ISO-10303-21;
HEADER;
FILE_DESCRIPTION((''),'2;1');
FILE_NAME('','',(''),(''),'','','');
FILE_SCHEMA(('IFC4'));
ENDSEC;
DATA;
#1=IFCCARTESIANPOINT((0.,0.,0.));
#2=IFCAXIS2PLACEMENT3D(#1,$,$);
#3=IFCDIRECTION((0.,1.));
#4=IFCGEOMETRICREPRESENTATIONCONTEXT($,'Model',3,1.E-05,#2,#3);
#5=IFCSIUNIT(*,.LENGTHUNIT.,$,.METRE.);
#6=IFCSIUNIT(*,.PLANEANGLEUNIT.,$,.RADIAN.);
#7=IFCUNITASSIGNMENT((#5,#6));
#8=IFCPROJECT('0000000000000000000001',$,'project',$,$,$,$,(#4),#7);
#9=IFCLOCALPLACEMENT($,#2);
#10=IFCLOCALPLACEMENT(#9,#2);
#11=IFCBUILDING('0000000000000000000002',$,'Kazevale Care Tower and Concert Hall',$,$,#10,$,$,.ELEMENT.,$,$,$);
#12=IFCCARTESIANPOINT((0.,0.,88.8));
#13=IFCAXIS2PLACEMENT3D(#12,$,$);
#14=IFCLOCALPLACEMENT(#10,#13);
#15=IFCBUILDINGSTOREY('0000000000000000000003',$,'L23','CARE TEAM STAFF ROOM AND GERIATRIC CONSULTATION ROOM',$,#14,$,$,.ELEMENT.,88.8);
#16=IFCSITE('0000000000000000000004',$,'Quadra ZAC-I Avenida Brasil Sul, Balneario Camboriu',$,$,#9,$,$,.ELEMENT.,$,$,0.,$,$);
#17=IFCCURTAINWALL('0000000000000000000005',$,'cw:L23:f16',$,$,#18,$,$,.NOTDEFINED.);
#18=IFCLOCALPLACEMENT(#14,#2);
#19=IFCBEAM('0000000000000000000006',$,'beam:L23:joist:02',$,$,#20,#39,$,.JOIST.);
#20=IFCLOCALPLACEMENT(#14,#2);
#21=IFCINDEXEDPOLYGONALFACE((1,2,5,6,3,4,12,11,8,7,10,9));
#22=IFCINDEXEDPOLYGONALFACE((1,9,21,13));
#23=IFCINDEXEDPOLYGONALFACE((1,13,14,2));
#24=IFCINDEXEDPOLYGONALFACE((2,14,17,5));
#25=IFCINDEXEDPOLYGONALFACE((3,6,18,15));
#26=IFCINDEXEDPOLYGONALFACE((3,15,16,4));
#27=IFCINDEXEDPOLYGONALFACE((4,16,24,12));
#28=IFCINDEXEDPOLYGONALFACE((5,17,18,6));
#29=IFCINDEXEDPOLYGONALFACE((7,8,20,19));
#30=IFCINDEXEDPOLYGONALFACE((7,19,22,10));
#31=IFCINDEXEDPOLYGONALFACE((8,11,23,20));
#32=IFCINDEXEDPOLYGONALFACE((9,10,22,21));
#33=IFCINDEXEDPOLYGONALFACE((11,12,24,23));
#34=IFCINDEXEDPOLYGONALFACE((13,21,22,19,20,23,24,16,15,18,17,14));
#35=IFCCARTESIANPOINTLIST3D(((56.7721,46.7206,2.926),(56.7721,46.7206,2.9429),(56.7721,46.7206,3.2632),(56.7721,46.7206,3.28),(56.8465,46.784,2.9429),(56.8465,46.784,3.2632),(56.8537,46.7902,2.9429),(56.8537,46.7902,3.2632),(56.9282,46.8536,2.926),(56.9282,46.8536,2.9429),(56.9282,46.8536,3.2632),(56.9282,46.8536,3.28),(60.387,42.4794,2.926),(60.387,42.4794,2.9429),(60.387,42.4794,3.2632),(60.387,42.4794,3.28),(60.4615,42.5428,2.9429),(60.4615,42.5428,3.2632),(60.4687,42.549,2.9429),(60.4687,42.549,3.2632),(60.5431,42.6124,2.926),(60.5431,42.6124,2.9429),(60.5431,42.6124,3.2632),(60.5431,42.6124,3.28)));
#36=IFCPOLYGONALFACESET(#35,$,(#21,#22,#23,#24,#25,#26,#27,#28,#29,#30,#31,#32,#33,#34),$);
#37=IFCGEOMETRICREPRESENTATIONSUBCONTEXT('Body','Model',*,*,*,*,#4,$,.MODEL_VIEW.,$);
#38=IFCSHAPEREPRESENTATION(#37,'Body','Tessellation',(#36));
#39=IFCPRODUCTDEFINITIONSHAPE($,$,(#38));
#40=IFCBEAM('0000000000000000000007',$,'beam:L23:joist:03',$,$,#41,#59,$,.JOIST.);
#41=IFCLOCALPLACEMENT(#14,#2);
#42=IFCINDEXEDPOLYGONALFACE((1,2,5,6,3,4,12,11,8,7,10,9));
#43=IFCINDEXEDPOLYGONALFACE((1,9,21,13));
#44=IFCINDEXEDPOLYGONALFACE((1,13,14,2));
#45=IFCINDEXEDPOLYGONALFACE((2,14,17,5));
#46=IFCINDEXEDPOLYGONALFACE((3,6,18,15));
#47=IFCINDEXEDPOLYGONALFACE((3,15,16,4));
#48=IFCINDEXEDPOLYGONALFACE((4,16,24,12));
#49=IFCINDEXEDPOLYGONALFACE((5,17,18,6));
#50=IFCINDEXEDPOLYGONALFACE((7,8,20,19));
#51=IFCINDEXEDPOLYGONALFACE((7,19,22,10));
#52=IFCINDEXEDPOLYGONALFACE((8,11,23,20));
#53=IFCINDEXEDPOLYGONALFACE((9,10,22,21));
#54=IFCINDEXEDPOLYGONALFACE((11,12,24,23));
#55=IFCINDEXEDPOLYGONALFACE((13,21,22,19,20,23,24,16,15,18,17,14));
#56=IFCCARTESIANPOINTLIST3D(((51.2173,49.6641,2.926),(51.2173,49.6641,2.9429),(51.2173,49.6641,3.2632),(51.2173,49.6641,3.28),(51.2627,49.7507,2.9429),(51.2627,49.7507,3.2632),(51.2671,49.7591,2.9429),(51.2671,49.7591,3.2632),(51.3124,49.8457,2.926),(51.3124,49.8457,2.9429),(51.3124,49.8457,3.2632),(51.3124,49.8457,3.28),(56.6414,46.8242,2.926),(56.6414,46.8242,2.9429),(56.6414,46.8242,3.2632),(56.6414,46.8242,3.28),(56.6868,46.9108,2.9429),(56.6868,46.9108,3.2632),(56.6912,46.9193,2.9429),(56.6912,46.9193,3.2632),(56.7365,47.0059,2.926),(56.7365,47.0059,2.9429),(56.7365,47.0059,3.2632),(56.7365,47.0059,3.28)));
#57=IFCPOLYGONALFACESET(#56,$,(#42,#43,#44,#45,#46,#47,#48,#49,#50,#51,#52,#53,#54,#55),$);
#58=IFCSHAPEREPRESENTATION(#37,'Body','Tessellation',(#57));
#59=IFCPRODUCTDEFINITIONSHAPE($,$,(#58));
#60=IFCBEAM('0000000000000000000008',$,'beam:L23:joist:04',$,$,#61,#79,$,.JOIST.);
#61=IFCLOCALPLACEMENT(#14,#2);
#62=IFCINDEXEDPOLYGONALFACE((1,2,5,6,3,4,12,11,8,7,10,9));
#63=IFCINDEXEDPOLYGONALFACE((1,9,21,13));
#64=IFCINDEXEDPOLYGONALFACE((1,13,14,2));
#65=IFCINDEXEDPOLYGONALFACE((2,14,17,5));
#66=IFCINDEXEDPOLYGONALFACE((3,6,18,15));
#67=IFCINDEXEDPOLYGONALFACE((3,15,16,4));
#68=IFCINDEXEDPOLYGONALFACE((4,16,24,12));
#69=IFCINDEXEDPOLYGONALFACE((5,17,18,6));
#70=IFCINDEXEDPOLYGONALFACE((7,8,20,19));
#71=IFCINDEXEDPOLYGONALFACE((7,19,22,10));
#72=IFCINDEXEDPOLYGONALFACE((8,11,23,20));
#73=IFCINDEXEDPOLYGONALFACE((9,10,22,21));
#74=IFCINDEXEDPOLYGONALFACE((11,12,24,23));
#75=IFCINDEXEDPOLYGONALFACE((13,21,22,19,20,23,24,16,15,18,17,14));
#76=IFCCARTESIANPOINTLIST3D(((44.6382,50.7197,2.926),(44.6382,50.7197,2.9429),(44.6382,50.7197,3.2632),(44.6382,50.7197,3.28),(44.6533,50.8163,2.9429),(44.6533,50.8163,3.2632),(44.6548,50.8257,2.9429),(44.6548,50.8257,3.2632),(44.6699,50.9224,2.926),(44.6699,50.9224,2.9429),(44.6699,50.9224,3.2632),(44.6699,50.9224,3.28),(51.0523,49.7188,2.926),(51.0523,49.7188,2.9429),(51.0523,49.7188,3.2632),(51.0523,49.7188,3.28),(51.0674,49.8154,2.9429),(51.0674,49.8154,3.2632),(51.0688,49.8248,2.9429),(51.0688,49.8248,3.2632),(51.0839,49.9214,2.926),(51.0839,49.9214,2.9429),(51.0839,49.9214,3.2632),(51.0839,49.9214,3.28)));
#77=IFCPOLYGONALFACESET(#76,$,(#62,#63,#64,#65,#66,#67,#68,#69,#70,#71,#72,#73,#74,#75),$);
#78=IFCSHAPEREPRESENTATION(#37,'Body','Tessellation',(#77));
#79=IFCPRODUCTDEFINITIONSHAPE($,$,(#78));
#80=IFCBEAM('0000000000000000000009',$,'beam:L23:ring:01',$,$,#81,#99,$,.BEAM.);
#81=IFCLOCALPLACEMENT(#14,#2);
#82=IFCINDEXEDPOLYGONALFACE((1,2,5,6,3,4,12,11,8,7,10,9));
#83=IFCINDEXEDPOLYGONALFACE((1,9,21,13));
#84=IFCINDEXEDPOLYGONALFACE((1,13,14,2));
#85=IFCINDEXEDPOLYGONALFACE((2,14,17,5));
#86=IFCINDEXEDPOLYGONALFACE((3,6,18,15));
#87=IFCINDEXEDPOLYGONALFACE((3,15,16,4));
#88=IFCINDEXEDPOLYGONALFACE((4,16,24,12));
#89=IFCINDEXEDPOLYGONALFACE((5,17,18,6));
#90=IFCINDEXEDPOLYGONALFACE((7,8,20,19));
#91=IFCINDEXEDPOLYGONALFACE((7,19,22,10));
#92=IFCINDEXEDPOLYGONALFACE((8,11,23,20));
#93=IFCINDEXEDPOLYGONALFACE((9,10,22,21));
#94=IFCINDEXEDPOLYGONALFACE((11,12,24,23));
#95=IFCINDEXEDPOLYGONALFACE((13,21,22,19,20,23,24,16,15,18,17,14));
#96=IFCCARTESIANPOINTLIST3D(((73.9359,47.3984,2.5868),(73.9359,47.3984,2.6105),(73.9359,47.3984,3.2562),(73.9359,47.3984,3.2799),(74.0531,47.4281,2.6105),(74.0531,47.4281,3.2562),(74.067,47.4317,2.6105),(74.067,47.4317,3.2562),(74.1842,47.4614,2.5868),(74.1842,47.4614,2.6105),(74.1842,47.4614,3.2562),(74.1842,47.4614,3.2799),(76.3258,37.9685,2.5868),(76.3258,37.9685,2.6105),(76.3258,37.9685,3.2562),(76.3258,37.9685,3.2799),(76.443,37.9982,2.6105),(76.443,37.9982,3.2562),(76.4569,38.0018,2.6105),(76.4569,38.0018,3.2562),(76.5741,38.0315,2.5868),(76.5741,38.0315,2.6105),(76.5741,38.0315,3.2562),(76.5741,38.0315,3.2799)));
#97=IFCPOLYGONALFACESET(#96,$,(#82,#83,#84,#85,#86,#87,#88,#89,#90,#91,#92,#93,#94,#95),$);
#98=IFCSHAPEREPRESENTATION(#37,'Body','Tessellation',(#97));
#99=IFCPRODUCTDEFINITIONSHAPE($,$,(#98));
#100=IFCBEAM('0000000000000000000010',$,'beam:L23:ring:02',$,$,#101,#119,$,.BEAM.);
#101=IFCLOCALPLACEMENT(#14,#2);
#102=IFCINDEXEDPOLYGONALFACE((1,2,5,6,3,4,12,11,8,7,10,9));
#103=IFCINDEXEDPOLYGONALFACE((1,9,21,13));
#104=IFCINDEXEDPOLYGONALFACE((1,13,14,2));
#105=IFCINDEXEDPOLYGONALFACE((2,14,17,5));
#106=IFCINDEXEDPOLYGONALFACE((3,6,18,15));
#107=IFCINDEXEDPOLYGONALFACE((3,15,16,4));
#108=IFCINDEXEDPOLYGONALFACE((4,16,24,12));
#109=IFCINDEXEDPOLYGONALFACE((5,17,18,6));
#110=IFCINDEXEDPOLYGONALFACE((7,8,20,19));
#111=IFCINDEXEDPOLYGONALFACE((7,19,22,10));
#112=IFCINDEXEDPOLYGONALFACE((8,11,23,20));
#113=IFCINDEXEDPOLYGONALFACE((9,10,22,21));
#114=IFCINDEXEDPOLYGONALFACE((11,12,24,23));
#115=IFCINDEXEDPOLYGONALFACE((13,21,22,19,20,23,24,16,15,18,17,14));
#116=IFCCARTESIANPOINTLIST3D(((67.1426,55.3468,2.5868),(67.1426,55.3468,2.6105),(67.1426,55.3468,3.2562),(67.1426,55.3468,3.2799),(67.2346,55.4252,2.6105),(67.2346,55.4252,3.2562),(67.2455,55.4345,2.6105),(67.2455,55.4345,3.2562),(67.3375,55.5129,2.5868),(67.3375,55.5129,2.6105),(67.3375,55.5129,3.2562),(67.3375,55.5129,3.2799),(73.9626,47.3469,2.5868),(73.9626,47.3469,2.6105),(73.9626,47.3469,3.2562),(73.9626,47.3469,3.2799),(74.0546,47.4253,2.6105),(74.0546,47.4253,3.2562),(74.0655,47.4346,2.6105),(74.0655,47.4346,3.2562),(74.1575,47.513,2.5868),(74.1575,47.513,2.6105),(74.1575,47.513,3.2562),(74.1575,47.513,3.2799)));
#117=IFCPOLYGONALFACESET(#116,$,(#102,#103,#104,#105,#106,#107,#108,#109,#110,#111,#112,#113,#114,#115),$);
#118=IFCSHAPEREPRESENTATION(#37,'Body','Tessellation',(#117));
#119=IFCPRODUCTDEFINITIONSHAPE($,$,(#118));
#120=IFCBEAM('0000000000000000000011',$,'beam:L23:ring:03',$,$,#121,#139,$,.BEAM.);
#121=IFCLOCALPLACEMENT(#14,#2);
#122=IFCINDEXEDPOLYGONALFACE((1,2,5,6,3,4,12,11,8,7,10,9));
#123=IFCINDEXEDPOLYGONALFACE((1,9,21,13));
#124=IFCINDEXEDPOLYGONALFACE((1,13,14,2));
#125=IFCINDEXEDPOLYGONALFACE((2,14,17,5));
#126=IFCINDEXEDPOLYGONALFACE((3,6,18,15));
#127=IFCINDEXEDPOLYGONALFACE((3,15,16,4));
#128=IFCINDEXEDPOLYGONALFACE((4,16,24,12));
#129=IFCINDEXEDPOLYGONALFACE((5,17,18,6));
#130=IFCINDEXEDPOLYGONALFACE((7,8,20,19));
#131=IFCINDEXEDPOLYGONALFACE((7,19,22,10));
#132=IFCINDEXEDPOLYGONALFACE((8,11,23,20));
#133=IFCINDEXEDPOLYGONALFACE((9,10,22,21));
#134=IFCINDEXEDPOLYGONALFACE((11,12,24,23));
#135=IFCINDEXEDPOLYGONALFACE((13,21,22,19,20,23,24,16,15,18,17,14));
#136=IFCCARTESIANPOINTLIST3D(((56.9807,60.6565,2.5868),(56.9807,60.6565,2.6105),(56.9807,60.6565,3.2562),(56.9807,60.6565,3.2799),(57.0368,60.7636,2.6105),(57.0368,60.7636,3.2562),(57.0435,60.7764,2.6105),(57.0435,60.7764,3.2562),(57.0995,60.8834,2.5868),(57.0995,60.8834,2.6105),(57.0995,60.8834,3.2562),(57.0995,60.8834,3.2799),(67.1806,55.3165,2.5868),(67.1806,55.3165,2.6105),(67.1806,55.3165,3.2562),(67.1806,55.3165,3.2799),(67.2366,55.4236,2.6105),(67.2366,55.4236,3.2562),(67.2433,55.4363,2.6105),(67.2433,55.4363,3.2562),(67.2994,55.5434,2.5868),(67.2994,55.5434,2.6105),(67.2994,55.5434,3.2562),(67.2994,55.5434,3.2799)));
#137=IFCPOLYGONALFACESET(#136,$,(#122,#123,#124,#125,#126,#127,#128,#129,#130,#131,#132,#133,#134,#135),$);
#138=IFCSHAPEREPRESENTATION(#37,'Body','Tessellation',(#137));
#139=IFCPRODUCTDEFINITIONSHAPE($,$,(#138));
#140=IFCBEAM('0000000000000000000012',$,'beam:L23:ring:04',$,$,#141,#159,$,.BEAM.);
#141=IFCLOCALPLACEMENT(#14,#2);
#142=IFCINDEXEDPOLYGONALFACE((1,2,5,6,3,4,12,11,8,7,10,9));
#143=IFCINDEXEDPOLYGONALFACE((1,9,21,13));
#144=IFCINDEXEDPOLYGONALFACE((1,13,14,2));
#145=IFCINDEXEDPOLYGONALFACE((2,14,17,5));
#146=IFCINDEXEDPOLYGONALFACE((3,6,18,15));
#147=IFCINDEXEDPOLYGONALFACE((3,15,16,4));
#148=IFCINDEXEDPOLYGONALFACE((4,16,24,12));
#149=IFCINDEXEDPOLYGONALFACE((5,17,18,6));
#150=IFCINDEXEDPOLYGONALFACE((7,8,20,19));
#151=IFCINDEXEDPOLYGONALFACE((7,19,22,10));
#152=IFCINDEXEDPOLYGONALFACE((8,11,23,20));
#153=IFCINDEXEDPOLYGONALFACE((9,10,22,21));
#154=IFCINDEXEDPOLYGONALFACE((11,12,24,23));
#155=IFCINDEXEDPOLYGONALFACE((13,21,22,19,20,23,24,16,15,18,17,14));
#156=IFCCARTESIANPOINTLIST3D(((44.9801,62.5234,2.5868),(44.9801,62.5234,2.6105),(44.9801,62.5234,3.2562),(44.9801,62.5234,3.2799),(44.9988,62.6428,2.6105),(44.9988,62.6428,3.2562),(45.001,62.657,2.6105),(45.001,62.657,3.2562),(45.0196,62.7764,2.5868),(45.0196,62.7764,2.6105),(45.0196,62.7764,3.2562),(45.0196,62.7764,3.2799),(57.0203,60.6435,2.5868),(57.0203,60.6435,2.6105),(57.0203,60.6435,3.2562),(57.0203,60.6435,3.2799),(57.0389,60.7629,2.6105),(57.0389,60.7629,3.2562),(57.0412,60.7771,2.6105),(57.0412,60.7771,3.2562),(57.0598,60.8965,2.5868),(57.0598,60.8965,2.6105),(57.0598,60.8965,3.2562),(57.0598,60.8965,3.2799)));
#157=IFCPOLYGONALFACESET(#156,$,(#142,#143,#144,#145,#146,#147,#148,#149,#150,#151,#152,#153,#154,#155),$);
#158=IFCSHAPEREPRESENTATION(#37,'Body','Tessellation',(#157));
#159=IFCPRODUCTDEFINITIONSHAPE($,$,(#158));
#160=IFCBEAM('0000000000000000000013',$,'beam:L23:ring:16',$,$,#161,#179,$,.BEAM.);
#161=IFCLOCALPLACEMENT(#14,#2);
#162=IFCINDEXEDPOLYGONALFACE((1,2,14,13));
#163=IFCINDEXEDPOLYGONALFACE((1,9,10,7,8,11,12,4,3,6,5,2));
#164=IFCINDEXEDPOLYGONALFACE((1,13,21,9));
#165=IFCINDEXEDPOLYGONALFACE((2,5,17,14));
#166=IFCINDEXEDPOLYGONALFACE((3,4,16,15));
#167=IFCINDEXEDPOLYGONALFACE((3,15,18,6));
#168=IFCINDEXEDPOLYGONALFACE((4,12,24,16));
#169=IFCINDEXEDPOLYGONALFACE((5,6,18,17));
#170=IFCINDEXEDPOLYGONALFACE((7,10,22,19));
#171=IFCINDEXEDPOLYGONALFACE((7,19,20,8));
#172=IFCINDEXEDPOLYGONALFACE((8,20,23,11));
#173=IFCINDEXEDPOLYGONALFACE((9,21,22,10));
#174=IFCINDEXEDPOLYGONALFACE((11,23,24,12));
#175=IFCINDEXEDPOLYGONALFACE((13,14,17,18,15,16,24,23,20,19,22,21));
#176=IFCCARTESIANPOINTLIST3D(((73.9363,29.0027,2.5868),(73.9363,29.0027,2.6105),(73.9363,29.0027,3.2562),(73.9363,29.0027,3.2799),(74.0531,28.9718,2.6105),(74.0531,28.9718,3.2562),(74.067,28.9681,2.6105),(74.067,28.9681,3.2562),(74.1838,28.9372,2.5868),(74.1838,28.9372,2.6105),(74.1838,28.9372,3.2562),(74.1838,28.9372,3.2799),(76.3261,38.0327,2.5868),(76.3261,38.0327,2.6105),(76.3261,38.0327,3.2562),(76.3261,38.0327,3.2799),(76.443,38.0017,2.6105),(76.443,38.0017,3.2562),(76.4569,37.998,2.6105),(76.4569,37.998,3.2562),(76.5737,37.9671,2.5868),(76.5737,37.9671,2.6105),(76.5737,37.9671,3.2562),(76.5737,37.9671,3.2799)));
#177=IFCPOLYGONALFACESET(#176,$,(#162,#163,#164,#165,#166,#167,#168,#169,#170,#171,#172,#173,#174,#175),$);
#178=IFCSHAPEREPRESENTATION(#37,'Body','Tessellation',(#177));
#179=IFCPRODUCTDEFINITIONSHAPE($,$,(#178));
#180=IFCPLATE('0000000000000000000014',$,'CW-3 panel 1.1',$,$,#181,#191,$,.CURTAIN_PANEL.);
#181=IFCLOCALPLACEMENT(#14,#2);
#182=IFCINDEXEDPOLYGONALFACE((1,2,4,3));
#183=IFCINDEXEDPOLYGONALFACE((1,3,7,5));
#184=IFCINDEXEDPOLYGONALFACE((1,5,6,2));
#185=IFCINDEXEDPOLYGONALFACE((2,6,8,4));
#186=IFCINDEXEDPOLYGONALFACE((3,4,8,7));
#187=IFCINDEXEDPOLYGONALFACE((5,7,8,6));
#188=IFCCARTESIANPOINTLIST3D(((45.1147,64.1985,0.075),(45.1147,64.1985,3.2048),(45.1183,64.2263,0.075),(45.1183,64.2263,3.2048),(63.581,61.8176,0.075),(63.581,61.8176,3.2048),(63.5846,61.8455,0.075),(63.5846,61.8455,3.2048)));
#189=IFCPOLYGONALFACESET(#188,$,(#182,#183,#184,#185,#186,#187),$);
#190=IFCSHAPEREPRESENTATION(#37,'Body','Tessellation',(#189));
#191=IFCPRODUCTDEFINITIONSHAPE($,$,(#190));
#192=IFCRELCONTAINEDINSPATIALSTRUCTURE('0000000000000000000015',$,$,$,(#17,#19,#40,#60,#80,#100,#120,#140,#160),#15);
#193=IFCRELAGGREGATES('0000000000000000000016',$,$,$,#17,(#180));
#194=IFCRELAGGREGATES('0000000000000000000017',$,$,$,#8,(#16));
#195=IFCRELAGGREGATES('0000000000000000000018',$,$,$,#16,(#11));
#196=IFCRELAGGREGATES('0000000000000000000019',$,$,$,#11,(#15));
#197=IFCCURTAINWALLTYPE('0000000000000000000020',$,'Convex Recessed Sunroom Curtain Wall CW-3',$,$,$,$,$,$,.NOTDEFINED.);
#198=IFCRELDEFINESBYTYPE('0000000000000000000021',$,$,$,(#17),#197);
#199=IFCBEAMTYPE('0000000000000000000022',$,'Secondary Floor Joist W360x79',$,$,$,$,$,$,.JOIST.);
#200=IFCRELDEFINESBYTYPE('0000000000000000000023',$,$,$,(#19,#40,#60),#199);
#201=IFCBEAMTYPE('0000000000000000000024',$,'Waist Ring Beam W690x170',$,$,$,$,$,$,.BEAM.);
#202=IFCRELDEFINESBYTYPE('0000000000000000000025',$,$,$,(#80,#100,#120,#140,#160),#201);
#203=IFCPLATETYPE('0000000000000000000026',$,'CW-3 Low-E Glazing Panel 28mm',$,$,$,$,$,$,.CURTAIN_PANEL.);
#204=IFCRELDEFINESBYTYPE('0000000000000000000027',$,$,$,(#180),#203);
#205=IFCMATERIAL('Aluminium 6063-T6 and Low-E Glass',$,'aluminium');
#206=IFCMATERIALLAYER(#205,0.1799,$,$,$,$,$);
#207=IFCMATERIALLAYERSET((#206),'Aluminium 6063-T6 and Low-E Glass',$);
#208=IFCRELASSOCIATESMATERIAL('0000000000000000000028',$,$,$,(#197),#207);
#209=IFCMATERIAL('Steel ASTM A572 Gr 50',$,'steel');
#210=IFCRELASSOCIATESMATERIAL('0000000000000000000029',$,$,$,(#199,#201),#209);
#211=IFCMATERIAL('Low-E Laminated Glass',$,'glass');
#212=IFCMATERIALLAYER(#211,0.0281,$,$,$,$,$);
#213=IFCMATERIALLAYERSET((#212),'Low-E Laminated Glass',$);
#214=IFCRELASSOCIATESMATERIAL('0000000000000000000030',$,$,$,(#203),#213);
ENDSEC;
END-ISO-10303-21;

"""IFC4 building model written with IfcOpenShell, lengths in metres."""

from ifc_helpers import new_model, si_unit, direction, frame, origin, origin_2d, place, context, subcontext, project, spatial, rectangle, i_section, extrude, material, layer, layer_set, material_profile, profile_set, type_object, element, aggregate, save


model = new_model("IFC4")

# Units and contexts
model_context = context("Model", 3, precision=1e-05, world=origin(), true_north=direction((0.0, 1.0)))
body_context = subcontext(model_context, "Body", "Model", "MODEL_VIEW")
ifc_project = project(units=[si_unit("LENGTHUNIT", "METRE"), si_unit("PLANEANGLEUNIT", "RADIAN")], contexts=[model_context])

# Site, building, storey
site_placement = place(None, origin())
site = spatial("IfcSite", under=ifc_project, at=site_placement, Name="Quadra ZAC-I Avenida Brasil Sul, Balneario Camboriu", CompositionType="ELEMENT", RefElevation=0.0)
building_placement = place(site_placement, origin())
building = spatial("IfcBuilding", under=site, at=building_placement, Name="Kazevale Care Tower and Concert Hall", CompositionType="ELEMENT")
storey_placement = place(building_placement, frame((0.0, 0.0, 88.8)))
storey = spatial("IfcBuildingStorey", under=building, at=storey_placement, Name="L23", Description="CARE TEAM STAFF ROOM AND GERIATRIC CONSULTATION ROOM", CompositionType="ELEMENT", Elevation=88.8)

# Curtain wall
ifc_material_1 = material(Name="Aluminium 6063-T6 and Low-E Glass", Category="aluminium")
ifc_layer_1 = layer(ifc_material_1, 0.1799)
ifc_layer_set_1 = layer_set([ifc_layer_1], Name="Aluminium 6063-T6 and Low-E Glass")
curtain_wall_type_1 = type_object("IfcCurtainWallType", Name="Convex Recessed Sunroom Curtain Wall CW-3", PredefinedType="NOTDEFINED", material=ifc_layer_set_1)
curtain_wall_1_placement = place(storey_placement, origin())
curtain_wall_1 = element("IfcCurtainWall", 1, at=curtain_wall_1_placement, inside=storey, type_object=curtain_wall_type_1, Name="cw:L23:f16", PredefinedType="NOTDEFINED")

# Beams
ifc_material_2 = material(Name="Steel ASTM A572 Gr 50", Category="steel")
ifc_material_profile_1 = material_profile(ifc_material_2, i_section(OverallWidth=0.2051, OverallDepth=0.354, WebThickness=0.0095, FlangeThickness=0.0168, at=origin_2d()), Name="W360x79")
ifc_profile_set_1 = profile_set([ifc_material_profile_1], Name="Steel ASTM A572 Gr 50")
beam_type_1 = type_object("IfcBeamType", Name="Secondary Floor Joist W360x79", PredefinedType="JOIST", material=ifc_profile_set_1)
beam_1_placement = place(storey_placement, frame((60.4651, 42.5459, 3.103), z_axis=(-0.648686, 0.761057, 0.0), x_axis=(-0.761057, -0.648686, 0.0)))
element("IfcBeam", 2, at=beam_1_placement, inside=storey, type_object=beam_type_1, Name="beam:L23:joist:02", PredefinedType="JOIST", context=body_context, shape_type="SweptSolid", body=[
    extrude(i_section(OverallWidth=0.2051, OverallDepth=0.354, WebThickness=0.0095, FlangeThickness=0.0168, at=origin_2d()), origin(), (0.0, 0.0, 1.0), 5.5728),
])
beam_2_placement = place(storey_placement, frame((56.689, 46.915, 3.103), z_axis=(-0.885921, 0.463836, 0.0), x_axis=(-0.463836, -0.885921, 0.0)))
element("IfcBeam", 3, at=beam_2_placement, inside=storey, type_object=beam_type_1, Name="beam:L23:joist:03", PredefinedType="JOIST", context=body_context, shape_type="SweptSolid", body=[
    extrude(i_section(OverallWidth=0.2051, OverallDepth=0.354, WebThickness=0.0095, FlangeThickness=0.0168, at=origin_2d()), origin(), (0.0, 0.0, 1.0), 6.1226),
])
beam_3_placement = place(storey_placement, frame((51.0681, 49.8201, 3.103), z_axis=(-0.988041, 0.154193, 0.0), x_axis=(-0.154193, -0.988041, 0.0)))
element("IfcBeam", 4, at=beam_3_placement, inside=storey, type_object=beam_type_1, Name="beam:L23:joist:04", PredefinedType="JOIST", context=body_context, shape_type="SweptSolid", body=[
    extrude(i_section(OverallWidth=0.2051, OverallDepth=0.354, WebThickness=0.0095, FlangeThickness=0.0168, at=origin_2d()), origin(), (0.0, 0.0, 1.0), 6.4917),
])
ifc_material_profile_2 = material_profile(ifc_material_2, i_section(OverallWidth=0.2561, OverallDepth=0.6931, WebThickness=0.0144, FlangeThickness=0.0237, at=origin_2d()), Name="W690x170")
ifc_profile_set_2 = profile_set([ifc_material_profile_2], Name="Steel ASTM A572 Gr 50")
beam_type_2 = type_object("IfcBeamType", Name="Waist Ring Beam W690x170", PredefinedType="BEAM", material=ifc_profile_set_2)
beam_4_placement = place(storey_placement, frame((76.45, 38.0, 2.9333), z_axis=(-0.24567, 0.969354, 0.0), x_axis=(-0.969354, -0.24567, 0.0)))
element("IfcBeam", 5, at=beam_4_placement, inside=storey, type_object=beam_type_2, Name="beam:L23:ring:01", PredefinedType="BEAM", context=body_context, shape_type="SweptSolid", body=[
    extrude(i_section(OverallWidth=0.2561, OverallDepth=0.6931, WebThickness=0.0144, FlangeThickness=0.0237, at=origin_2d()), origin(), (0.0, 0.0, 1.0), 9.728),
])
beam_5_placement = place(storey_placement, frame((74.0601, 47.4299, 2.9333), z_axis=(-0.648756, 0.760996, 0.0), x_axis=(-0.760996, -0.648756, 0.0)))
element("IfcBeam", 6, at=beam_5_placement, inside=storey, type_object=beam_type_2, Name="beam:L23:ring:02", PredefinedType="BEAM", context=body_context, shape_type="SweptSolid", body=[
    extrude(i_section(OverallWidth=0.2561, OverallDepth=0.6931, WebThickness=0.0144, FlangeThickness=0.0237, at=origin_2d()), origin(), (0.0, 0.0, 1.0), 10.5125),
])
beam_6_placement = place(storey_placement, frame((67.24, 55.4299, 2.9333), z_axis=(-0.885929, 0.46382, 0.0), x_axis=(-0.46382, -0.885929, 0.0)))
element("IfcBeam", 7, at=beam_6_placement, inside=storey, type_object=beam_type_2, Name="beam:L23:ring:03", PredefinedType="BEAM", context=body_context, shape_type="SweptSolid", body=[
    extrude(i_section(OverallWidth=0.2561, OverallDepth=0.6931, WebThickness=0.0144, FlangeThickness=0.0237, at=origin_2d()), origin(), (0.0, 0.0, 1.0), 11.5132),
])
beam_7_placement = place(storey_placement, frame((57.04, 60.77, 2.9333), z_axis=(-0.988029, 0.154267, 0.0), x_axis=(-0.154267, -0.988029, 0.0)))
element("IfcBeam", 8, at=beam_7_placement, inside=storey, type_object=beam_type_2, Name="beam:L23:ring:04", PredefinedType="BEAM", context=body_context, shape_type="SweptSolid", body=[
    extrude(i_section(OverallWidth=0.2561, OverallDepth=0.6931, WebThickness=0.0144, FlangeThickness=0.0237, at=origin_2d()), origin(), (0.0, 0.0, 1.0), 12.186),
])
beam_8_placement = place(storey_placement, frame((74.0601, 28.97, 2.9333), z_axis=(0.255852, 0.966716, 0.0), x_axis=(-0.966716, 0.255852, 0.0)))
element("IfcBeam", 9, at=beam_8_placement, inside=storey, type_object=beam_type_2, Name="beam:L23:ring:16", PredefinedType="BEAM", context=body_context, shape_type="SweptSolid", body=[
    extrude(i_section(OverallWidth=0.2561, OverallDepth=0.6931, WebThickness=0.0144, FlangeThickness=0.0237, at=origin_2d()), origin(), (0.0, 0.0, 1.0), 9.3408),
])

# Plate
ifc_material_3 = material(Name="Low-E Laminated Glass", Category="glass")
ifc_layer_2 = layer(ifc_material_3, 0.0281)
ifc_layer_set_2 = layer_set([ifc_layer_2], Name="Low-E Laminated Glass")
plate_type_1 = type_object("IfcPlateType", Name="CW-3 Low-E Glazing Panel 28mm", PredefinedType="CURTAIN_PANEL", material=ifc_layer_set_2)
plate_1_placement = place(storey_placement, frame((54.3496, 63.022, 0.075), z_axis=(0.0, 0.0, 1.0), x_axis=(0.991791, -0.12787, 0.0)))
plate_1 = element("IfcPlate", 10, at=plate_1_placement, type_object=plate_type_1, Name="CW-3 panel 1.1", PredefinedType="CURTAIN_PANEL", context=body_context, shape_type="SweptSolid", body=[
    extrude(rectangle(XDim=18.6191, YDim=0.0281, at=origin_2d()), origin(), (0.0, 0.0, 1.0), 3.1299),
])
aggregate(curtain_wall_1, [plate_1])

save(model, "model.ifc")
